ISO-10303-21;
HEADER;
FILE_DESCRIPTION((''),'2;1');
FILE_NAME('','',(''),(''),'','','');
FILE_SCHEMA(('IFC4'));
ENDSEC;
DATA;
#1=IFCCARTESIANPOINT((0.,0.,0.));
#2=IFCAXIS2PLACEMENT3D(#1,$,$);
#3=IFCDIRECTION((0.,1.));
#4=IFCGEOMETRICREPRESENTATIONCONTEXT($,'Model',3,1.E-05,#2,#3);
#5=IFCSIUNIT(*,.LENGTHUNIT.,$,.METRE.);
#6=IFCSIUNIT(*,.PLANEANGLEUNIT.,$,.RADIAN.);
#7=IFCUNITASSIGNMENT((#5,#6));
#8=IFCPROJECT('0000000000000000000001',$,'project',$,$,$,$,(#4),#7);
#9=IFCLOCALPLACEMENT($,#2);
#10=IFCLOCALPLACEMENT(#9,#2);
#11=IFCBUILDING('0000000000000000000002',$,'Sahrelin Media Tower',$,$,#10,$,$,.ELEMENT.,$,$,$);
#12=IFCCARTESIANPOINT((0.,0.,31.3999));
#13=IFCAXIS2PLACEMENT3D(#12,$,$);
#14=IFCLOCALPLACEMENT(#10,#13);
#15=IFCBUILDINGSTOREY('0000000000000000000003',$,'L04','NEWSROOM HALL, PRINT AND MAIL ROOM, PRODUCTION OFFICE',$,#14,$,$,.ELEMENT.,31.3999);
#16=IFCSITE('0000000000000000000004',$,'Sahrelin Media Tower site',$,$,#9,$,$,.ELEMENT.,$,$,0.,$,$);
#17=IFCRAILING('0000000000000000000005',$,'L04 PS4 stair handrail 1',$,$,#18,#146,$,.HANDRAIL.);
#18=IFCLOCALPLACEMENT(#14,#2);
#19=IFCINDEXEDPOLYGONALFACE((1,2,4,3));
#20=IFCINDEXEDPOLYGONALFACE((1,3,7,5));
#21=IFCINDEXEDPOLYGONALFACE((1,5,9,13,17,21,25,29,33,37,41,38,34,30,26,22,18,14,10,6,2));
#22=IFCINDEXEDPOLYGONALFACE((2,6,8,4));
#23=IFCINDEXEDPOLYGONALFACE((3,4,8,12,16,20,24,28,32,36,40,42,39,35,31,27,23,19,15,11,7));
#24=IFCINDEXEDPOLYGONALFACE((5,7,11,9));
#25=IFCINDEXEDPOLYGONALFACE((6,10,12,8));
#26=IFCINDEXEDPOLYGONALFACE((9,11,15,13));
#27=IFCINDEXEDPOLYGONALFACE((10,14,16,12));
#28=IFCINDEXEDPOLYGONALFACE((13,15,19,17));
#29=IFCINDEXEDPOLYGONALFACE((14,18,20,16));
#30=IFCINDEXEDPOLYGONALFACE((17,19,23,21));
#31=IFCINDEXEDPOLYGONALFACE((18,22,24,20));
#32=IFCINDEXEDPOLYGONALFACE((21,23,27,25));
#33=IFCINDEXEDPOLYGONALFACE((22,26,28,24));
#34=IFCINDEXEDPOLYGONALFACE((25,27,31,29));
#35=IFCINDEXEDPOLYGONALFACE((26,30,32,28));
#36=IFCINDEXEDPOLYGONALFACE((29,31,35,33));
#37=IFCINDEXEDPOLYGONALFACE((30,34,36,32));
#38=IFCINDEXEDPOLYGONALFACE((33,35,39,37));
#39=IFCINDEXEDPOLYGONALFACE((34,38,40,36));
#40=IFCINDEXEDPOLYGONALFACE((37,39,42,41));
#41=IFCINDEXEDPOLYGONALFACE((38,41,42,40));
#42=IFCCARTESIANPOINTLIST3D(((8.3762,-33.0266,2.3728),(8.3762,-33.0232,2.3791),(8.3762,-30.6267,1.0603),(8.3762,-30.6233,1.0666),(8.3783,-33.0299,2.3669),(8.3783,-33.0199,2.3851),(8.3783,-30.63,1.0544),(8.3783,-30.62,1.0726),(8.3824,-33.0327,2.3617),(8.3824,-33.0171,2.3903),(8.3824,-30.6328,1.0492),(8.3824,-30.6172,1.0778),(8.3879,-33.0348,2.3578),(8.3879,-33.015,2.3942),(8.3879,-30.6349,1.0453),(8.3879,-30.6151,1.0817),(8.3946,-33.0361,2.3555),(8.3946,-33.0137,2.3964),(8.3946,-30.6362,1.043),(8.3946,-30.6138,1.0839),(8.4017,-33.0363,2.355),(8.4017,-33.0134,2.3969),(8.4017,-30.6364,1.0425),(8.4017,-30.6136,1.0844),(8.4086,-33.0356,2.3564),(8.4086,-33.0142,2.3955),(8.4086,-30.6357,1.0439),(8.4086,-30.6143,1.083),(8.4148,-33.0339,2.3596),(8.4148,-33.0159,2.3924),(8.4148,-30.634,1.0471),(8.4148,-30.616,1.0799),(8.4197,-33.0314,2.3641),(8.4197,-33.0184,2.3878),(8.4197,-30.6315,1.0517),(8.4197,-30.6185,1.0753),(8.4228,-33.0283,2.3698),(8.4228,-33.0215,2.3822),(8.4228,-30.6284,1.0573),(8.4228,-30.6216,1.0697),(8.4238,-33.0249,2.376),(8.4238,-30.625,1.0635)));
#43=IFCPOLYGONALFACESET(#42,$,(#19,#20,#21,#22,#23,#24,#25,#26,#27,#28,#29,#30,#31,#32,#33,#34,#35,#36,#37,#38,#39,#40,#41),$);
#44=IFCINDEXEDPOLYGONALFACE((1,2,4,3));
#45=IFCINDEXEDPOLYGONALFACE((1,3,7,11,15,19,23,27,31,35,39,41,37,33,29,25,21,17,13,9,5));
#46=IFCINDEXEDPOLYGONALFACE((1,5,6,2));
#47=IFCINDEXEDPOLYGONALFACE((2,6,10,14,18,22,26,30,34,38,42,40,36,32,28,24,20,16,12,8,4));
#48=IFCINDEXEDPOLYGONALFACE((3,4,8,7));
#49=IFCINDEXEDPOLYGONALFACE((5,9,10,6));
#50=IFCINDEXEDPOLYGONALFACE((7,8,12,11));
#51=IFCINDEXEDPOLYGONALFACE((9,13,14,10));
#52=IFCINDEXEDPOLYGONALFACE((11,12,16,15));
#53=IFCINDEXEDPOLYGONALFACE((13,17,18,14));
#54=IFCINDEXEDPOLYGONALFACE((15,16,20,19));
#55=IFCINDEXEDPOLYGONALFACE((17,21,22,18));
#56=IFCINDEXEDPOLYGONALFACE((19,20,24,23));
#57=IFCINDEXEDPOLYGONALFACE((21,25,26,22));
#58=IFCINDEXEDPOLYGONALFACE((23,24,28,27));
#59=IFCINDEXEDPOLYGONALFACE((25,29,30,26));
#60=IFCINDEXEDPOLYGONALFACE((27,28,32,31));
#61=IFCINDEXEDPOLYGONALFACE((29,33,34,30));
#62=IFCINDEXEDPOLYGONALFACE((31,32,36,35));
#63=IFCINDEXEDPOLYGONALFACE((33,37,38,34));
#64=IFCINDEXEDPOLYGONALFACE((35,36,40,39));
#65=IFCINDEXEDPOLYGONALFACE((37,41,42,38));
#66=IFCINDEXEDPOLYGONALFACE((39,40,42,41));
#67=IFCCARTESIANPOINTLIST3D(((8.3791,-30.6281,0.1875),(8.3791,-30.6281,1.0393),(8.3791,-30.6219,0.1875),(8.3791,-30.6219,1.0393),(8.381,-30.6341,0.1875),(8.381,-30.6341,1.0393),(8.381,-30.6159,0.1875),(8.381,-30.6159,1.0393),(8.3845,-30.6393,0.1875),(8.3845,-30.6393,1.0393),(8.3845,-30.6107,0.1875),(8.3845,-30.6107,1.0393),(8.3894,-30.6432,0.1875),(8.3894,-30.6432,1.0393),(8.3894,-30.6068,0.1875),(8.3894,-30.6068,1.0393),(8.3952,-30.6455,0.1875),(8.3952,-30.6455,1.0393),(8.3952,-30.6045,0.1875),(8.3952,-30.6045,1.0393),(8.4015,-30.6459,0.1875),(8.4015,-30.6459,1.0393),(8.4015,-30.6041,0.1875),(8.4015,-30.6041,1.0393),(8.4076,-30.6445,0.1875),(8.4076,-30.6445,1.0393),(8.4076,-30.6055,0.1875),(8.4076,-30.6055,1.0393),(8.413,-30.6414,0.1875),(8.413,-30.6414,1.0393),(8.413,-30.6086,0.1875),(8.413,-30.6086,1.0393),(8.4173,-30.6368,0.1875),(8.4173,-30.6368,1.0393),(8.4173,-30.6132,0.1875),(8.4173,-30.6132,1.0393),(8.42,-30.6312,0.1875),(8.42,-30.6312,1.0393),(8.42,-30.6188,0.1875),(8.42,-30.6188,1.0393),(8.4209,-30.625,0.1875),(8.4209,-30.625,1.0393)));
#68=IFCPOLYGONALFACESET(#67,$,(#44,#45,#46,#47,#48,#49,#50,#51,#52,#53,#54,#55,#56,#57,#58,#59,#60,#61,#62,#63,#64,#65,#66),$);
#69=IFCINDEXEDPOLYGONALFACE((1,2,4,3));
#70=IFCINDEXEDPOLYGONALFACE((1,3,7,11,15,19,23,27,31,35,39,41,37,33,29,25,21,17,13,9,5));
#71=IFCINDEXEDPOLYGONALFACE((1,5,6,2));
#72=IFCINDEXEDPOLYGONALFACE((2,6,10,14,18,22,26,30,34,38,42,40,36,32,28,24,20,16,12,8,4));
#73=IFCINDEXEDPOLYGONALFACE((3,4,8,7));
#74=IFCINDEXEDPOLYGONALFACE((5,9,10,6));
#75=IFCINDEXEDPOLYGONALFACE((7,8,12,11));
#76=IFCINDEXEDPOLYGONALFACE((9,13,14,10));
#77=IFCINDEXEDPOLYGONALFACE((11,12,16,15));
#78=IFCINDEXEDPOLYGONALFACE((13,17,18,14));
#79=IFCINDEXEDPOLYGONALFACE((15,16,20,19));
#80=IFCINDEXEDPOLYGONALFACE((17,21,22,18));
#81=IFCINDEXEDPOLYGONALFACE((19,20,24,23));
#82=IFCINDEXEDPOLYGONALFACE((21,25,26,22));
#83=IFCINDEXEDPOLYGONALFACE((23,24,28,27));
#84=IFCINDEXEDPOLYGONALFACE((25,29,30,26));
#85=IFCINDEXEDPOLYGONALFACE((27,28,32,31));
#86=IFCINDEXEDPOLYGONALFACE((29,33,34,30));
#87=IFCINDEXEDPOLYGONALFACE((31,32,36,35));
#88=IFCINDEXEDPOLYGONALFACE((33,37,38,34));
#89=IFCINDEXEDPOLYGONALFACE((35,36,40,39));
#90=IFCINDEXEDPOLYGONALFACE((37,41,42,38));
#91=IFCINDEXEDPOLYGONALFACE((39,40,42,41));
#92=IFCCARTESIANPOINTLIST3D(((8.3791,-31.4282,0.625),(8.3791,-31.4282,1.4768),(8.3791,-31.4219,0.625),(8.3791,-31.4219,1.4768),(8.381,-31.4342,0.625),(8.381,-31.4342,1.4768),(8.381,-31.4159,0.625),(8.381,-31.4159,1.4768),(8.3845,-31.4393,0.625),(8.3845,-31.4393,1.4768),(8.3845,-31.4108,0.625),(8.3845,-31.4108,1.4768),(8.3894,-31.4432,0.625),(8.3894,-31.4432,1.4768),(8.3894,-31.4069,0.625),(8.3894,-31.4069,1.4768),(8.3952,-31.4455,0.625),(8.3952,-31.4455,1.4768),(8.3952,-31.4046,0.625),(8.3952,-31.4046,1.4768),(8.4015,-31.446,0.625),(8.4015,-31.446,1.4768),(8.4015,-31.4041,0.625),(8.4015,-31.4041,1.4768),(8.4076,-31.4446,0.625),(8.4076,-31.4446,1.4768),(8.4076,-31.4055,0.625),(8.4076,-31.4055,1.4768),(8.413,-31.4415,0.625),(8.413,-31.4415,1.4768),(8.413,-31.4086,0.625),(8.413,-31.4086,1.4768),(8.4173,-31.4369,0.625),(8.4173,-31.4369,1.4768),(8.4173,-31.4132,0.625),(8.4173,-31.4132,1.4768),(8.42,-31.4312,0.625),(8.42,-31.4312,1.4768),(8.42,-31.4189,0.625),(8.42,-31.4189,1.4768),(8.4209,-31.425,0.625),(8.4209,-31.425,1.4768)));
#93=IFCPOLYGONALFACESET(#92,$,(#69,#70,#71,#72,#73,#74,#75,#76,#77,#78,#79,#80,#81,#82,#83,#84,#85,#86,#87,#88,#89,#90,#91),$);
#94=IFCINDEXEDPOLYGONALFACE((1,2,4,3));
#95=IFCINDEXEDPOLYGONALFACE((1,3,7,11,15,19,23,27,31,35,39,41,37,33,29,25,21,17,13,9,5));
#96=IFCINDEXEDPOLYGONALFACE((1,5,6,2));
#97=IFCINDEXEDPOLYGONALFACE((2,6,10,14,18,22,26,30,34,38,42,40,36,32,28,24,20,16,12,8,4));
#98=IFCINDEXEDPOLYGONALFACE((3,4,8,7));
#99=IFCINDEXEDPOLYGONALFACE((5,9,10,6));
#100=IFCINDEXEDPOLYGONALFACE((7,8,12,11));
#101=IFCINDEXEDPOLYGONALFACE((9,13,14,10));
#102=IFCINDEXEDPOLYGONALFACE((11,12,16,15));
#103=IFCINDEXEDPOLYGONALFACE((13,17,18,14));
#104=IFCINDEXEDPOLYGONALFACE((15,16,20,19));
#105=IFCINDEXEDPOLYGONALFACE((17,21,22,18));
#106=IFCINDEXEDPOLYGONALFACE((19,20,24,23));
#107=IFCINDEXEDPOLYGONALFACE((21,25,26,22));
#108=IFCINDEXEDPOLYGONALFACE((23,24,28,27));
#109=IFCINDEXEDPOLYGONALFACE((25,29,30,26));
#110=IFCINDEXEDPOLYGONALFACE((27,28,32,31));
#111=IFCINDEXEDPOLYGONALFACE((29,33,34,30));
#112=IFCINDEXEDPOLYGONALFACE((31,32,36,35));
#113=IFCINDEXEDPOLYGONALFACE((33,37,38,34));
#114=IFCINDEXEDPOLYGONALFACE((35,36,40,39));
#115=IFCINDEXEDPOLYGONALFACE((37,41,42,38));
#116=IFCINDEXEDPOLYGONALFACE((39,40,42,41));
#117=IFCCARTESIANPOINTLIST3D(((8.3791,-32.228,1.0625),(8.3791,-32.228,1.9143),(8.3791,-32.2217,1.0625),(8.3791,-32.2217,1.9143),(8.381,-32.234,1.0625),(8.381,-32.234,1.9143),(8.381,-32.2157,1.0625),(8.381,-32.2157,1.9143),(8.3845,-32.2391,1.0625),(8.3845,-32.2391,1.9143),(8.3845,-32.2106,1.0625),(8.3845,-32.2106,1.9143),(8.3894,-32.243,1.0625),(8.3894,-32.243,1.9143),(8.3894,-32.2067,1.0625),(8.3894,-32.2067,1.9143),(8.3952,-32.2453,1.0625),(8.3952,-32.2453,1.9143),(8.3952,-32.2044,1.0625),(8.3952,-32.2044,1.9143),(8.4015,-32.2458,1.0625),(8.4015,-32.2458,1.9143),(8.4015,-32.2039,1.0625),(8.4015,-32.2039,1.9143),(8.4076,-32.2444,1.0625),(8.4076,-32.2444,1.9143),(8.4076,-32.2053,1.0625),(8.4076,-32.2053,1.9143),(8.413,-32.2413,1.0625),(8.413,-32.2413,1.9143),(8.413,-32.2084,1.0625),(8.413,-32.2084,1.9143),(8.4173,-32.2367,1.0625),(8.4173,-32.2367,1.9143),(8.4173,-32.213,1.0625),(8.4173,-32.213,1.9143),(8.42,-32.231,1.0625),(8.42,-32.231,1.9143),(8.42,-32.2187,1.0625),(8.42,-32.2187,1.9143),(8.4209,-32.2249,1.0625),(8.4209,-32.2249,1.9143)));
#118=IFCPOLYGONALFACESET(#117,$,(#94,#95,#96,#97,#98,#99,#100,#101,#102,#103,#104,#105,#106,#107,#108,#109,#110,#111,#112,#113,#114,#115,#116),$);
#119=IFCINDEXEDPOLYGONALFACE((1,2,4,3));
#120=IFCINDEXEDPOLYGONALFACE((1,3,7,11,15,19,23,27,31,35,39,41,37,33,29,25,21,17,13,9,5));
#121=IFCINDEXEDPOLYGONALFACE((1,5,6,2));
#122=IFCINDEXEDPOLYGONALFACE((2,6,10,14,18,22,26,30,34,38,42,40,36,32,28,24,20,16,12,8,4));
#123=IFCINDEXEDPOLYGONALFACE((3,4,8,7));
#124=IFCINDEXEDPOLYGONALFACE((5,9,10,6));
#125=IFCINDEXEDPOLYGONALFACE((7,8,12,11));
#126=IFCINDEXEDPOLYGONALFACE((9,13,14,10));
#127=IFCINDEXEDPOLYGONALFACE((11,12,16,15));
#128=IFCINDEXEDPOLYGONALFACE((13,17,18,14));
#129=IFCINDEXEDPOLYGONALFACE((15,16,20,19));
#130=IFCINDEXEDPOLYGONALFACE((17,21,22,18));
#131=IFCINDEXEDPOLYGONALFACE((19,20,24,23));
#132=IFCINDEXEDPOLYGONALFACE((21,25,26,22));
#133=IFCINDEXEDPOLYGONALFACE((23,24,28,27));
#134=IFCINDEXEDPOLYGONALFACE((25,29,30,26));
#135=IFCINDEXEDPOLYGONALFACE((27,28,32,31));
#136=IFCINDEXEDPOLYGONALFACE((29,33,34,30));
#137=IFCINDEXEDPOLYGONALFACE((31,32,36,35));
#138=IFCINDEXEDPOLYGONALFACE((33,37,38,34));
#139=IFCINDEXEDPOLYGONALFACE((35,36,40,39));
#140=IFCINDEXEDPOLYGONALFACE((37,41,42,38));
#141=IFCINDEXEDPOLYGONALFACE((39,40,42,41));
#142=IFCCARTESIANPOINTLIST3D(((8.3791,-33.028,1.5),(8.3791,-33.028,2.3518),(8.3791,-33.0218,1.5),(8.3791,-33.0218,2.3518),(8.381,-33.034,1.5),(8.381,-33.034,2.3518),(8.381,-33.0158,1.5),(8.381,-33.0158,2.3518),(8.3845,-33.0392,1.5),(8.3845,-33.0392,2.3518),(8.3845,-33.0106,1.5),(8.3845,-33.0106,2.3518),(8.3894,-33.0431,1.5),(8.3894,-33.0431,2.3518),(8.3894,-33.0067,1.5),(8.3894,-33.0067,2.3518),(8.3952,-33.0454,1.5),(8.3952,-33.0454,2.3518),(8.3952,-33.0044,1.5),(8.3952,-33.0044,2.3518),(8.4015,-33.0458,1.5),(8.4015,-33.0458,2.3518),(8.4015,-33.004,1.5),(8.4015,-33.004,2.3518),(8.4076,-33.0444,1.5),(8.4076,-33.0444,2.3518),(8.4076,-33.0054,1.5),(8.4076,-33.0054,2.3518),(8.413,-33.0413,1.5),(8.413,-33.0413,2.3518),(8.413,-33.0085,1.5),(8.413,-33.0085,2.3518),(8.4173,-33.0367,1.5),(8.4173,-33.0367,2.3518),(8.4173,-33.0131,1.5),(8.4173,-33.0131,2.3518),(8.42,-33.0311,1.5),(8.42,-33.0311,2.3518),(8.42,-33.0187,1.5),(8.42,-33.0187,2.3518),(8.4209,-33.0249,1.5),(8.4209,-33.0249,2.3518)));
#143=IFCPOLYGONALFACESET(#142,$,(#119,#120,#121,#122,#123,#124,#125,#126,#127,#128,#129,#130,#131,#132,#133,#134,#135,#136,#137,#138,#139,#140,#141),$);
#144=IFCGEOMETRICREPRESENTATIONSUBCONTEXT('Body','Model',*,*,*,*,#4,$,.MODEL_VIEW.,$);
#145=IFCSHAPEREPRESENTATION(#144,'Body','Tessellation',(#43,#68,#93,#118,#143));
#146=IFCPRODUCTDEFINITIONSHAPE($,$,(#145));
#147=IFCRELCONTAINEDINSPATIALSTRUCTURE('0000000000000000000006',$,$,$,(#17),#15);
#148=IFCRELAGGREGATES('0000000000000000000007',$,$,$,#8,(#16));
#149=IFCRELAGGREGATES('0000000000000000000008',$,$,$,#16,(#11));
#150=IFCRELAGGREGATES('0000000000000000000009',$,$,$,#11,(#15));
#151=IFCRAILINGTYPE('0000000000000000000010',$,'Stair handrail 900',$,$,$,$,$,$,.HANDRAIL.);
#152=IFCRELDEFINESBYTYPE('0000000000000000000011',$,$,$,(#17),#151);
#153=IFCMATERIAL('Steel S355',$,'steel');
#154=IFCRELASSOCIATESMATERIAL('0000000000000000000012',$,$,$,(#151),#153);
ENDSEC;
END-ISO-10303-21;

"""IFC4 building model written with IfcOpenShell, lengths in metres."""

from ifc_helpers import new_model, si_unit, direction, frame, origin, origin_2d, place, context, subcontext, project, spatial, circle, extrude, material, type_object, element, save


model = new_model("IFC4")

# Units and contexts
model_context = context("Model", 3, precision=1e-05, world=origin(), true_north=direction((0.0, 1.0)))
body_context = subcontext(model_context, "Body", "Model", "MODEL_VIEW")
ifc_project = project(units=[si_unit("LENGTHUNIT", "METRE"), si_unit("PLANEANGLEUNIT", "RADIAN")], contexts=[model_context])

# Site, building, storey
site_placement = place(None, origin())
site = spatial("IfcSite", under=ifc_project, at=site_placement, Name="Sahrelin Media Tower site", CompositionType="ELEMENT", RefElevation=0.0)
building_placement = place(site_placement, origin())
building = spatial("IfcBuilding", under=site, at=building_placement, Name="Sahrelin Media Tower", CompositionType="ELEMENT")
storey_placement = place(building_placement, frame((0.0, 0.0, 31.3999)))
storey = spatial("IfcBuildingStorey", under=building, at=storey_placement, Name="L04", Description="NEWSROOM HALL, PRINT AND MAIL ROOM, PRODUCTION OFFICE", CompositionType="ELEMENT", Elevation=31.3999)

# Shared definitions
ifc_material_1 = material(Name="Steel S355", Category="steel")

# Railing
railing_type_1 = type_object("IfcRailingType", Name="Stair handrail 900", PredefinedType="HANDRAIL", material=ifc_material_1)
railing_1_placement = place(storey_placement, frame((8.3999, -30.625, 0.1875)))
element("IfcRailing", 1, at=railing_1_placement, inside=storey, type_object=railing_type_1, Name="L04 PS4 stair handrail 1", PredefinedType="HANDRAIL", context=body_context, shape_type="SweptSolid", body=[
    extrude(circle(Radius=0.0239, at=origin_2d()), frame((0.0, 0.0, 0.876), z_axis=(0.0, -0.877363, 0.479827), x_axis=(1.0, 0.0, 0.0)), (0.0, 0.0, 1.0), 2.7354),
    extrude(circle(Radius=0.021, at=origin_2d()), origin(), (0.0, 0.0, 1.0), 0.8518),
    extrude(circle(Radius=0.021, at=origin_2d()), frame((0.0, -0.8, 0.4375)), (0.0, 0.0, 1.0), 0.8518),
    extrude(circle(Radius=0.021, at=origin_2d()), frame((0.0, -1.5999, 0.875)), (0.0, 0.0, 1.0), 0.8518),
    extrude(circle(Radius=0.021, at=origin_2d()), frame((0.0, -2.3999, 1.3125)), (0.0, 0.0, 1.0), 0.8518),
])

save(model, "model.ifc")
